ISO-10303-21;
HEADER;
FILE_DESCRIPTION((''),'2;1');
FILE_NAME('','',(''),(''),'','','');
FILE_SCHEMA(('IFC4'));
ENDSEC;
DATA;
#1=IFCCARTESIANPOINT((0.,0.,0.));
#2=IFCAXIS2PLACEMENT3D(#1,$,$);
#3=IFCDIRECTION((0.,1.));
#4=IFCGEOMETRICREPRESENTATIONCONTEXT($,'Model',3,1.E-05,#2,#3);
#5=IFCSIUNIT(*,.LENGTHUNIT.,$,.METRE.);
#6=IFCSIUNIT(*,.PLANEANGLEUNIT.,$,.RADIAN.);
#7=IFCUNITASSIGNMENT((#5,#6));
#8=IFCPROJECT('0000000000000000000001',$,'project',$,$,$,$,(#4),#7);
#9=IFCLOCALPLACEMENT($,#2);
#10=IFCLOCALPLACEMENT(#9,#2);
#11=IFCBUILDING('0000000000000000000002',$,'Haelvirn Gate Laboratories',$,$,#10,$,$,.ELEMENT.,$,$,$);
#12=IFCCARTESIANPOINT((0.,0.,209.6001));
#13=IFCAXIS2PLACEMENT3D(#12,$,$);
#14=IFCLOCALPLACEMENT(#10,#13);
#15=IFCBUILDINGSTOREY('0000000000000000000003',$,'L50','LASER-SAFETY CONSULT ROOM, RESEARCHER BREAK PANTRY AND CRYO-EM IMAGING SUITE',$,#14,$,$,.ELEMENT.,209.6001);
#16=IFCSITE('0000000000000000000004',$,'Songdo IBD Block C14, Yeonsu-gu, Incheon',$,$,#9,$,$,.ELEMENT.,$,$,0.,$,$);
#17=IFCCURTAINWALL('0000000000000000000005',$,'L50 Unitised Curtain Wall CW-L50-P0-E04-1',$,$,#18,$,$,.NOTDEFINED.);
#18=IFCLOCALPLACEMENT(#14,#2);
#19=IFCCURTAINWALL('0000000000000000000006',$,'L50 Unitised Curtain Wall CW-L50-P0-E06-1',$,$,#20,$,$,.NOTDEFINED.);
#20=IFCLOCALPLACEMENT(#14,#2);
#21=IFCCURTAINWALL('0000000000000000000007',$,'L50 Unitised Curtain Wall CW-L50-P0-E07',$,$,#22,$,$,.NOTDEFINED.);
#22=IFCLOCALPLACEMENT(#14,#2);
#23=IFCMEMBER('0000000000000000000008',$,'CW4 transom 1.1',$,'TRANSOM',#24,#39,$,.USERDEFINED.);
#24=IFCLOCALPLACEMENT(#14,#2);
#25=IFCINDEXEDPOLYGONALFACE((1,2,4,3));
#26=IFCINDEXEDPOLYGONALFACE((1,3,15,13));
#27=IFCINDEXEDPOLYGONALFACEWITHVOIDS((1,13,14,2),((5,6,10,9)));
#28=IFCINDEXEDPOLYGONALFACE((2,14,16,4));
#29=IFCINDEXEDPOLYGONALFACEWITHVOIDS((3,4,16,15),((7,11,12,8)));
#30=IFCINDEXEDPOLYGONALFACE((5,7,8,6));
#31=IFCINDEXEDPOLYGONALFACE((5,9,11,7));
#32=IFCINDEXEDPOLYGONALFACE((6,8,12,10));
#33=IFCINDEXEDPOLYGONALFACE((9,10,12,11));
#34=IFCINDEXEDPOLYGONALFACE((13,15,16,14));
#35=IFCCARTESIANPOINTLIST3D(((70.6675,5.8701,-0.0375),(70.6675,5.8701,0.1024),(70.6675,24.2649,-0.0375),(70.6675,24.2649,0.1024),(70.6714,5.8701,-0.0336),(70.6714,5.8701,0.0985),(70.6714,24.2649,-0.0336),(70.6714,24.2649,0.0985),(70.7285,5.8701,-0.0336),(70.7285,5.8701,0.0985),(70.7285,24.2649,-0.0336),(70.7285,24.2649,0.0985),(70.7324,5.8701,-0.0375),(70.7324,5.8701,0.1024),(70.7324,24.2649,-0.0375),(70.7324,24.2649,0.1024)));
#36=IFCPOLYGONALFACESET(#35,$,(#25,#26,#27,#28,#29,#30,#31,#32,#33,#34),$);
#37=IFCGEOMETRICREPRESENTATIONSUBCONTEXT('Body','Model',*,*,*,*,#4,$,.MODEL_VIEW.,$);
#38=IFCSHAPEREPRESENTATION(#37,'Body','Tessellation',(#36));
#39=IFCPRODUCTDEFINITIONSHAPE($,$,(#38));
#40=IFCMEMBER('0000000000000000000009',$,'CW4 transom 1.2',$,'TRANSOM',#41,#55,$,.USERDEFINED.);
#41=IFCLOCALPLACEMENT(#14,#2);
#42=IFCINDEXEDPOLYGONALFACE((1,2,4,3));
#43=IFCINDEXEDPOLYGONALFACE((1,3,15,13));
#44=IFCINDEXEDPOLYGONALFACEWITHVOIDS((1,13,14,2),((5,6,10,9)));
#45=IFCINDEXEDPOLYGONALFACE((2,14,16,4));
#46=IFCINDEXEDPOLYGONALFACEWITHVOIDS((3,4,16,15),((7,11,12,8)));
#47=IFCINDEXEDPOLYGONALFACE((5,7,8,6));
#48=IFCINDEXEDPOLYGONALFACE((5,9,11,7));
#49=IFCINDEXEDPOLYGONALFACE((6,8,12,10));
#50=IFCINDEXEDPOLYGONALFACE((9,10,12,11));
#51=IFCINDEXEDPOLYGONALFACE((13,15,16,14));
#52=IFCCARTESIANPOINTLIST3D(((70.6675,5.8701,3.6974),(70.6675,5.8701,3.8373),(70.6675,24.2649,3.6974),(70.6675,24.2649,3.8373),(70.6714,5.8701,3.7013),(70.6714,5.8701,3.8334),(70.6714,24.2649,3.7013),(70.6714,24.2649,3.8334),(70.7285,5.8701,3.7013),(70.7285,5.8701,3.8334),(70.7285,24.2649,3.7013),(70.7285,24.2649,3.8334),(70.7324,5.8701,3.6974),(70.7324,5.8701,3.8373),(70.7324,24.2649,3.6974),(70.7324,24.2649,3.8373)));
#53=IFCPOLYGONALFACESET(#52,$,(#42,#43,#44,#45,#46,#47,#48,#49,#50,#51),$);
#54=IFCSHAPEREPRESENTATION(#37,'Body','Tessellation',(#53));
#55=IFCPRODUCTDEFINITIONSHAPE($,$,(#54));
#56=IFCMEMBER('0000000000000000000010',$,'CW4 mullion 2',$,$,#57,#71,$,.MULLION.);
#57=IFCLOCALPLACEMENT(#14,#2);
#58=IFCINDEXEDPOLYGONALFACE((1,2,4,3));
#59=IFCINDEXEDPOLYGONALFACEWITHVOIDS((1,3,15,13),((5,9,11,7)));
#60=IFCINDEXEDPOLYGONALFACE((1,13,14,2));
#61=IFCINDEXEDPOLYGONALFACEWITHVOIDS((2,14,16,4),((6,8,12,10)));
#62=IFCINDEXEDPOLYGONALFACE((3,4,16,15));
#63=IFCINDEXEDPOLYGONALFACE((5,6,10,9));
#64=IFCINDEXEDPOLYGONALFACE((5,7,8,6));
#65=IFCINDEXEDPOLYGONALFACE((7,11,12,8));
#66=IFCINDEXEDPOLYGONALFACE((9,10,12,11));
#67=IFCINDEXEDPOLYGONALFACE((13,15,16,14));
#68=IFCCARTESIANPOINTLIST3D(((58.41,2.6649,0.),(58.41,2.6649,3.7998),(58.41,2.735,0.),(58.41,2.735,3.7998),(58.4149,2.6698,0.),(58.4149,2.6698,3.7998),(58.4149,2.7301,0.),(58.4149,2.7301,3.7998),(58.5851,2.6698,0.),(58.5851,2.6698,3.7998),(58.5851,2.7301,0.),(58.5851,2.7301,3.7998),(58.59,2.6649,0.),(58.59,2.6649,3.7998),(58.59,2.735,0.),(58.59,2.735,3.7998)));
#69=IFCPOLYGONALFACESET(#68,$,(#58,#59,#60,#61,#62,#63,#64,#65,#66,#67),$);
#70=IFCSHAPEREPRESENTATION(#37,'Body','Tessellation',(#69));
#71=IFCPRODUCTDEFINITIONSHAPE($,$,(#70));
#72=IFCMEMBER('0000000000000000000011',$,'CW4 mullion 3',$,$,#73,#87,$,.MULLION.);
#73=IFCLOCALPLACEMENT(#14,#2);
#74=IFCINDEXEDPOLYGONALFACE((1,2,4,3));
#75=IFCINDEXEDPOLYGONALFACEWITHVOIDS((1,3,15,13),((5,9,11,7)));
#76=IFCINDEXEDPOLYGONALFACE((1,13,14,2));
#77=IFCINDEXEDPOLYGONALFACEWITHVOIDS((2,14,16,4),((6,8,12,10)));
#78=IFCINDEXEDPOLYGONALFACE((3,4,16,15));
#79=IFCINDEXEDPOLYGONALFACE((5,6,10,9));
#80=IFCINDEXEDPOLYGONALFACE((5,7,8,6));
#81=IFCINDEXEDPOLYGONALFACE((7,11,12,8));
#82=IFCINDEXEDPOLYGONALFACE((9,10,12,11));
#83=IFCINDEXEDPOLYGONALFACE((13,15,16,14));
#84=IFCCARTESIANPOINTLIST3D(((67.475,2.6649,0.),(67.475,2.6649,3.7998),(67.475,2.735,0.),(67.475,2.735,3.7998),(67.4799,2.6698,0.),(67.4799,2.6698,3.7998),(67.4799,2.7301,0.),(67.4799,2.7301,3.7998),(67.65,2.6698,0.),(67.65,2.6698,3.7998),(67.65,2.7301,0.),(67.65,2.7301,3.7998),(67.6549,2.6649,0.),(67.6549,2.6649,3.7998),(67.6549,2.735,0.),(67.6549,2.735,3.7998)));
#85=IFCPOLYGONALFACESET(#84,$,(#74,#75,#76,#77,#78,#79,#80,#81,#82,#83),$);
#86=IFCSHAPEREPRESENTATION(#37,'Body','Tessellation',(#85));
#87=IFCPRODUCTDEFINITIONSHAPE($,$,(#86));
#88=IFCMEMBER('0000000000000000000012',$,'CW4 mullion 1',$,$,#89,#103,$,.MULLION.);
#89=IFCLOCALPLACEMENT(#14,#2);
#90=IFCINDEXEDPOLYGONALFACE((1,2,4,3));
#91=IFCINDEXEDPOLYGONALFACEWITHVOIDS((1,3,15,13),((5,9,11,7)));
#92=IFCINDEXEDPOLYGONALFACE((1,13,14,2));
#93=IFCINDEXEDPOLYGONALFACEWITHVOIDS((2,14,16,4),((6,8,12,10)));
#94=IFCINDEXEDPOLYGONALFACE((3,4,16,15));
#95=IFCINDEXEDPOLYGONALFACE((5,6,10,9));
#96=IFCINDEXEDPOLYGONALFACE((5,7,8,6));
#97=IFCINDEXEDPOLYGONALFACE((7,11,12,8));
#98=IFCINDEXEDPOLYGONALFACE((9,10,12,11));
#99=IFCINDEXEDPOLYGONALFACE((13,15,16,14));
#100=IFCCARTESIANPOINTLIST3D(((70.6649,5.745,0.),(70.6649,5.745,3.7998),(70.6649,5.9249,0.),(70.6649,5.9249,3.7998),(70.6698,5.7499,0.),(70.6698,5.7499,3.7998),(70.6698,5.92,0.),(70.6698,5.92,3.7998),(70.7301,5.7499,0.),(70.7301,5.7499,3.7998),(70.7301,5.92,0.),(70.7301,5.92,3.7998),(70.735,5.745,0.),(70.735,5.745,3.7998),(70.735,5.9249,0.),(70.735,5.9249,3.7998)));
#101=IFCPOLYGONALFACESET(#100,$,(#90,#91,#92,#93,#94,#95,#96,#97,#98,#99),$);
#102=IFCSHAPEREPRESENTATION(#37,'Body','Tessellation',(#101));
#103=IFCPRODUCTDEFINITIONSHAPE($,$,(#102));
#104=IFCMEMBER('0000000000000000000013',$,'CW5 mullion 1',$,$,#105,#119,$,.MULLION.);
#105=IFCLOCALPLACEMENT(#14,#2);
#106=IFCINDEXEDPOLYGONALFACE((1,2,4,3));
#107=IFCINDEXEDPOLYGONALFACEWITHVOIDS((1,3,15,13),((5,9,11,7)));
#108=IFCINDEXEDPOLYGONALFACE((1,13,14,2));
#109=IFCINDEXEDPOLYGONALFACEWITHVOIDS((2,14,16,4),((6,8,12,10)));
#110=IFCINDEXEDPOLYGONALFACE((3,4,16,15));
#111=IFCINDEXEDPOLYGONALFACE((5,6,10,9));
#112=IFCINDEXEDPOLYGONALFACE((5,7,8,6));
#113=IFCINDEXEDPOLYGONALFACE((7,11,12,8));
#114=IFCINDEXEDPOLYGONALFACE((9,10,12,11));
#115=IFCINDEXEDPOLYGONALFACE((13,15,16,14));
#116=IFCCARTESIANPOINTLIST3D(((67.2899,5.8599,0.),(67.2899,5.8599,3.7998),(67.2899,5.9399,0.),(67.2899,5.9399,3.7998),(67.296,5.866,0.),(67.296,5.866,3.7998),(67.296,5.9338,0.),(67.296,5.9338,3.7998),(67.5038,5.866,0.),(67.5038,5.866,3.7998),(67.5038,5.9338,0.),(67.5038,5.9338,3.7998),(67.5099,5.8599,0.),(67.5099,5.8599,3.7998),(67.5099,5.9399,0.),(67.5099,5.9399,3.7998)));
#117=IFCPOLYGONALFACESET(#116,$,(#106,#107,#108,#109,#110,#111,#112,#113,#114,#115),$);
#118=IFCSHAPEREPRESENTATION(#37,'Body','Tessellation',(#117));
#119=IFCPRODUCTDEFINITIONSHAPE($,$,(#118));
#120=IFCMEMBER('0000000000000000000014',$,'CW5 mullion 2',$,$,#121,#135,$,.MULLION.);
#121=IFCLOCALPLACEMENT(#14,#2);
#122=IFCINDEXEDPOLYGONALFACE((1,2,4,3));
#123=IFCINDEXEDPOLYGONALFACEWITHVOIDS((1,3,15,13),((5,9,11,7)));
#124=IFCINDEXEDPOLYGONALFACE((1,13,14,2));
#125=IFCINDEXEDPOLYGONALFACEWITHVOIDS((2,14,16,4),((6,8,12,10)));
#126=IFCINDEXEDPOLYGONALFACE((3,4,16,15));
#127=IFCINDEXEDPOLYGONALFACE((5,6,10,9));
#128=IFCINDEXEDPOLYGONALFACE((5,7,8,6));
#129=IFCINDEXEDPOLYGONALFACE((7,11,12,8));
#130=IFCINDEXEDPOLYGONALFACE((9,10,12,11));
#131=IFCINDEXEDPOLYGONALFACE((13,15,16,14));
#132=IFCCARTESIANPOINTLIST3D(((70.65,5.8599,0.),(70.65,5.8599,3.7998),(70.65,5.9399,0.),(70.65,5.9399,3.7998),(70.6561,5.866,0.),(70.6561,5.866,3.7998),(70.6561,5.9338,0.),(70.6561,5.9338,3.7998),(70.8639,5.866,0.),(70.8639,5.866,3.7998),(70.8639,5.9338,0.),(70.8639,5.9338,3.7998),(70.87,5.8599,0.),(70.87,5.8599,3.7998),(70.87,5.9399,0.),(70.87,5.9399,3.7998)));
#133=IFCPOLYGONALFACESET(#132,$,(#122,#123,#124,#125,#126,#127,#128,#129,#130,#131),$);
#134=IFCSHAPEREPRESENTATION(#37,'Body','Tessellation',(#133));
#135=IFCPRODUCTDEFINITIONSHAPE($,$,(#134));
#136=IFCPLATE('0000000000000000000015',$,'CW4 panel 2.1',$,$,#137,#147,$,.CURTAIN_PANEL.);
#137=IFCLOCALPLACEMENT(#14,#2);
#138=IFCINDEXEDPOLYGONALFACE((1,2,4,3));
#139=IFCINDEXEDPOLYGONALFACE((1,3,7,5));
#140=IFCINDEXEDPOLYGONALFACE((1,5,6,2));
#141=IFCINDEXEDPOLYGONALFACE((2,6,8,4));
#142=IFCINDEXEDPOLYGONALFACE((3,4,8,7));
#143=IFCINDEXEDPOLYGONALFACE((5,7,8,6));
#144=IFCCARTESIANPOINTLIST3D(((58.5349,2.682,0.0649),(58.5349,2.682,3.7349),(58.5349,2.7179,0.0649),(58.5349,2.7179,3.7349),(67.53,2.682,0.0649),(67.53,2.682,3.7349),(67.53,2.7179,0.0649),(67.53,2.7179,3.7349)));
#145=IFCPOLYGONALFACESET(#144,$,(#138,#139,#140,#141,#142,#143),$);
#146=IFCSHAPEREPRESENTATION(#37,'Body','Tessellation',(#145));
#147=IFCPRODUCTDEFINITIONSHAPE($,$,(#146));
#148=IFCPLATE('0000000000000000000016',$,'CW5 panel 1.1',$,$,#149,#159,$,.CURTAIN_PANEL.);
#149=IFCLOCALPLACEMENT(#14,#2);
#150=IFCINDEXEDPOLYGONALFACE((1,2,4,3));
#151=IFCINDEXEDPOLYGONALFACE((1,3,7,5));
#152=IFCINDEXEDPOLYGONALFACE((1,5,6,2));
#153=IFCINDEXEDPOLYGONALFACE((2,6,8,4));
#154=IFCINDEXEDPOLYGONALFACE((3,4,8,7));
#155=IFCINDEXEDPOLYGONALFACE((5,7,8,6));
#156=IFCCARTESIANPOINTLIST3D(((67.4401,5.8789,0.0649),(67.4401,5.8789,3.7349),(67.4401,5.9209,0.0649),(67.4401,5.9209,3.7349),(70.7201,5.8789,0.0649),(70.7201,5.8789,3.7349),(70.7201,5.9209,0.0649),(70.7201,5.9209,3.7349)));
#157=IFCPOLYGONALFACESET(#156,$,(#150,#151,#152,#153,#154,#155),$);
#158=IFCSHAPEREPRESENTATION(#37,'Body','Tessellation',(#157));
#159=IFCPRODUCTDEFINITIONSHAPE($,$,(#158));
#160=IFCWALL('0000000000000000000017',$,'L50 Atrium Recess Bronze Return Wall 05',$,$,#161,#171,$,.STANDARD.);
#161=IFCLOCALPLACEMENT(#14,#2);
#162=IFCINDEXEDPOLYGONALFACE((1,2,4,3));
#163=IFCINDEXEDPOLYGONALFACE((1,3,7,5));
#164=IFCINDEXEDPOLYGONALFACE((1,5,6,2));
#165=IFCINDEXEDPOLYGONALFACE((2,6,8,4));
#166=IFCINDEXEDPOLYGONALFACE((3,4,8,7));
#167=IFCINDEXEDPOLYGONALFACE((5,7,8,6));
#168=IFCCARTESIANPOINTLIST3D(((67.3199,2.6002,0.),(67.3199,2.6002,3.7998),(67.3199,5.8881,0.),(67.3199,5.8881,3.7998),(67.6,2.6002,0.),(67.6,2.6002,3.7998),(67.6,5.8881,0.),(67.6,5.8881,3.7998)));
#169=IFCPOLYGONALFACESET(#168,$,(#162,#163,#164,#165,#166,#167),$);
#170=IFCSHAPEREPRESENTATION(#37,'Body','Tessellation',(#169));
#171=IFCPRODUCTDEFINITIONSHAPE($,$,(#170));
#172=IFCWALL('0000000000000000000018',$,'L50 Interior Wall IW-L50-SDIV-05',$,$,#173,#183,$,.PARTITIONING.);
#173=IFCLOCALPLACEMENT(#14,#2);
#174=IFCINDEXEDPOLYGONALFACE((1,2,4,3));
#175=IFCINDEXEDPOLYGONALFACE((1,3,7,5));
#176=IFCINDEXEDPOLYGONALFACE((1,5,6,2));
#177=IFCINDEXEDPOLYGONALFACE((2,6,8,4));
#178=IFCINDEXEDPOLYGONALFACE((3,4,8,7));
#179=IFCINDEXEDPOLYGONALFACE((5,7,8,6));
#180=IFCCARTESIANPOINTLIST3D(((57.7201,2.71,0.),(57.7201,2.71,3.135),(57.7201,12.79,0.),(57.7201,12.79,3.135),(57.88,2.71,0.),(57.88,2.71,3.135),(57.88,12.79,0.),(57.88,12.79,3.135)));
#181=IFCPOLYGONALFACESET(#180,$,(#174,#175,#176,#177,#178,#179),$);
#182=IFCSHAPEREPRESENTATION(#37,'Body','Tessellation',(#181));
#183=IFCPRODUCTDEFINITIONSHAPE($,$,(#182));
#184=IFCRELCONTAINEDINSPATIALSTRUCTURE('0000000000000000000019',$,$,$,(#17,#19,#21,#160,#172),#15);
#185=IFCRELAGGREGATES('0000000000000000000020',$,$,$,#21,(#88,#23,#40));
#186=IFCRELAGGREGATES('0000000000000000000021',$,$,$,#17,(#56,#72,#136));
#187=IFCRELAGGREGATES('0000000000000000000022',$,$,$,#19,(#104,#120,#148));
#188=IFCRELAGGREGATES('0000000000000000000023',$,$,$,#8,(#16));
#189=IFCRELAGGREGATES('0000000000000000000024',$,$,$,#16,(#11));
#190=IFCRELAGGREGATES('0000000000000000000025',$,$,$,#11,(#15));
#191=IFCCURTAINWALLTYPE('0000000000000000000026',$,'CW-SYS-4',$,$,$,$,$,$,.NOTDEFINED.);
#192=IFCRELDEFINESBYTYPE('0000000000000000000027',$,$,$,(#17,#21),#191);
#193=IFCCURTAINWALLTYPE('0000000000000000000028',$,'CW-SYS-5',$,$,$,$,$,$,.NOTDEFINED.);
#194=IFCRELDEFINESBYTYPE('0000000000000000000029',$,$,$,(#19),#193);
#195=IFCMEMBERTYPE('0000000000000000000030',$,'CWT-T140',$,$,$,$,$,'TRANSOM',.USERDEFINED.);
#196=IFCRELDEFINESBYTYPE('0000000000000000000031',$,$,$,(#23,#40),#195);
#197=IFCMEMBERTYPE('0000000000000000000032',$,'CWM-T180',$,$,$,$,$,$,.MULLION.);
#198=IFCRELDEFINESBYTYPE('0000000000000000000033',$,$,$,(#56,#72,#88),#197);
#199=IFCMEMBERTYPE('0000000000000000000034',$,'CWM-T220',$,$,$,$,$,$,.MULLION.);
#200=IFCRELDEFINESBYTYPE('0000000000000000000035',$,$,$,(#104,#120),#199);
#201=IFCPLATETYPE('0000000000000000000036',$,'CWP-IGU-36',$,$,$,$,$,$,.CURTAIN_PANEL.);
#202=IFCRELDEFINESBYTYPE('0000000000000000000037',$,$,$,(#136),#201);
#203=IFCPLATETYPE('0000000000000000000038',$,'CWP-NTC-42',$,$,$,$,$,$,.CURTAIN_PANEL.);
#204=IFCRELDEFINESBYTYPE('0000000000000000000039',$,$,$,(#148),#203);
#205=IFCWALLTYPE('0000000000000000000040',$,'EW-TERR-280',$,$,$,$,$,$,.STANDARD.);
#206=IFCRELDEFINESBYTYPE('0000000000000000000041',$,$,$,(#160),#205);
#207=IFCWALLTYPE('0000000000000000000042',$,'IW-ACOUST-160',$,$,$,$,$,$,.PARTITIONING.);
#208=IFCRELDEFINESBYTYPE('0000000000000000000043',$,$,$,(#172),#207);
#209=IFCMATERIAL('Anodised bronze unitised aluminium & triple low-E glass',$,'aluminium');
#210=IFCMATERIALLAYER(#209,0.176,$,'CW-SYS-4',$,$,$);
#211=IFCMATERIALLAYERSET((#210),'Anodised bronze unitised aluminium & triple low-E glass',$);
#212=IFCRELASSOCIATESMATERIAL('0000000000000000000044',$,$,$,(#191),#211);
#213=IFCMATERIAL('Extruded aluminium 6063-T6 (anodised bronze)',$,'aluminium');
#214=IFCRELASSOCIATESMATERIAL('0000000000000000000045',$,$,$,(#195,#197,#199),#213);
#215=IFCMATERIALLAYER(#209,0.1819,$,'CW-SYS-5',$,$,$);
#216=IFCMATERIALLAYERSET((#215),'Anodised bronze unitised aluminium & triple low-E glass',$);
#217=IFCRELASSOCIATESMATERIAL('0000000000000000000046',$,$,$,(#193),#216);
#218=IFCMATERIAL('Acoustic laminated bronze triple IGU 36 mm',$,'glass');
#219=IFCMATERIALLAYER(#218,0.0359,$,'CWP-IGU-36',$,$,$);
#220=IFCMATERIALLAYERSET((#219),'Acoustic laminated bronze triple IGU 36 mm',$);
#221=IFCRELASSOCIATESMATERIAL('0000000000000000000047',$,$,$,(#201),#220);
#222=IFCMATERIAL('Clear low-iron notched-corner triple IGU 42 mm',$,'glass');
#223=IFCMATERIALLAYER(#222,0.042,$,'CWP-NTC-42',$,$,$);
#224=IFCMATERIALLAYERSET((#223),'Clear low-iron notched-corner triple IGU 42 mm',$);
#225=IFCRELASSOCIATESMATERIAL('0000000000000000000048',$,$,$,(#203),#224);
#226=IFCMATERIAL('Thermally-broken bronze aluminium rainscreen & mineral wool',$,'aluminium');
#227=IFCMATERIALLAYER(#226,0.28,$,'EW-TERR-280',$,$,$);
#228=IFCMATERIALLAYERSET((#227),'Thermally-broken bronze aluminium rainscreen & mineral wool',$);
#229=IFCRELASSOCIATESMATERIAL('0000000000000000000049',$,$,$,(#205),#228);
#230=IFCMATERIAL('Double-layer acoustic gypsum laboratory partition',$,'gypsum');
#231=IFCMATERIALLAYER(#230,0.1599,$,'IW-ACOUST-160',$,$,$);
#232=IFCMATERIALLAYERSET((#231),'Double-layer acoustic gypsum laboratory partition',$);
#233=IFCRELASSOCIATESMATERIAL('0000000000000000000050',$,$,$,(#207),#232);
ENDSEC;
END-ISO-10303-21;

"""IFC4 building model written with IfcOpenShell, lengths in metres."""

from ifc_helpers import new_model, si_unit, direction, frame, frame_2d, origin, origin_2d, place, context, subcontext, project, spatial, rectangle, hollow_rectangle, extrude, source, transform, mapped, material, layer, layer_set, material_profile, profile_set, type_object, type_shapes, element, aggregate, save


model = new_model("IFC4")

# Units and contexts
model_context = context("Model", 3, precision=1e-05, world=origin(), true_north=direction((0.0, 1.0)))
body_context = subcontext(model_context, "Body", "Model", "MODEL_VIEW")
ifc_project = project(units=[si_unit("LENGTHUNIT", "METRE"), si_unit("PLANEANGLEUNIT", "RADIAN")], contexts=[model_context])

# Site, building, storey
site_placement = place(None, origin())
site = spatial("IfcSite", under=ifc_project, at=site_placement, Name="Songdo IBD Block C14, Yeonsu-gu, Incheon", CompositionType="ELEMENT", RefElevation=0.0)
building_placement = place(site_placement, origin())
building = spatial("IfcBuilding", under=site, at=building_placement, Name="Haelvirn Gate Laboratories", CompositionType="ELEMENT")
storey_placement = place(building_placement, frame((0.0, 0.0, 209.6001)))
storey = spatial("IfcBuildingStorey", under=building, at=storey_placement, Name="L50", Description="LASER-SAFETY CONSULT ROOM, RESEARCHER BREAK PANTRY AND CRYO-EM IMAGING SUITE", CompositionType="ELEMENT", Elevation=209.6001)

# Curtain walls, members
ifc_material_1 = material(Name="Anodised bronze unitised aluminium & triple low-E glass", Category="aluminium")
ifc_layer_1 = layer(ifc_material_1, 0.176, Name="CW-SYS-4")
ifc_layer_set_1 = layer_set([ifc_layer_1], Name="Anodised bronze unitised aluminium & triple low-E glass")
curtain_wall_type_1 = type_object("IfcCurtainWallType", Name="CW-SYS-4", PredefinedType="NOTDEFINED", material=ifc_layer_set_1)
curtain_wall_1_placement = place(storey_placement, origin())
curtain_wall_1 = element("IfcCurtainWall", 1, at=curtain_wall_1_placement, inside=storey, type_object=curtain_wall_type_1, Name="L50 Unitised Curtain Wall CW-L50-P0-E04-1", PredefinedType="NOTDEFINED")
ifc_material_2 = material(Name="Extruded aluminium 6063-T6 (anodised bronze)", Category="aluminium")
ifc_material_profile_1 = material_profile(ifc_material_2, hollow_rectangle(XDim=0.0649, YDim=0.1399, WallThickness=0.0039, at=origin_2d()), Name="CWT-140x65x4")
ifc_profile_set_1 = profile_set([ifc_material_profile_1], Name="Extruded aluminium 6063-T6 (anodised bronze)")
member_type_1 = type_object("IfcMemberType", Name="CWT-T140", ElementType="TRANSOM", PredefinedType="USERDEFINED", material=ifc_profile_set_1)
ifc_layer_2 = layer(ifc_material_1, 0.1819, Name="CW-SYS-5")
ifc_layer_set_2 = layer_set([ifc_layer_2], Name="Anodised bronze unitised aluminium & triple low-E glass")
curtain_wall_type_2 = type_object("IfcCurtainWallType", Name="CW-SYS-5", PredefinedType="NOTDEFINED", material=ifc_layer_set_2)
curtain_wall_2_placement = place(storey_placement, origin())
curtain_wall_2 = element("IfcCurtainWall", 2, at=curtain_wall_2_placement, inside=storey, type_object=curtain_wall_type_2, Name="L50 Unitised Curtain Wall CW-L50-P0-E06-1", PredefinedType="NOTDEFINED")
curtain_wall_3_placement = place(storey_placement, origin())
curtain_wall_3 = element("IfcCurtainWall", 3, at=curtain_wall_3_placement, inside=storey, type_object=curtain_wall_type_1, Name="L50 Unitised Curtain Wall CW-L50-P0-E07", PredefinedType="NOTDEFINED")
shared_shape_1 = source(origin(), body_context, "Body", "SweptSolid", [
    extrude(hollow_rectangle(XDim=0.0649, YDim=0.1399, WallThickness=0.0039, at=origin_2d()), origin(), (0.0, 0.0, 1.0), 18.3948),
])
member_1_placement = place(storey_placement, frame((70.7, 5.8701, 0.0325), z_axis=(0.0, 1.0, 0.0), x_axis=(-1.0, 0.0, 0.0)))
member_1 = element("IfcMember", 4, at=member_1_placement, type_object=member_type_1, Name="CW4 transom 1.1", ObjectType="TRANSOM", PredefinedType="USERDEFINED", context=body_context, shape_type="MappedRepresentation", body=[
    mapped(shared_shape_1, transform((0.0, 0.0, 0.0), scale=1.0)),
])
member_2_placement = place(storey_placement, frame((70.7, 5.8701, 3.7673), z_axis=(0.0, 1.0, 0.0), x_axis=(-1.0, 0.0, 0.0)))
member_2 = element("IfcMember", 5, at=member_2_placement, type_object=member_type_1, Name="CW4 transom 1.2", ObjectType="TRANSOM", PredefinedType="USERDEFINED", context=body_context, shape_type="MappedRepresentation", body=[
    mapped(shared_shape_1, transform((0.0, 0.0, 0.0), scale=1.0)),
])

# Members
ifc_material_profile_2 = material_profile(ifc_material_2, hollow_rectangle(XDim=0.0701, YDim=0.1799, WallThickness=0.0049, at=origin_2d()), Name="CWM-180x70x5")
ifc_profile_set_2 = profile_set([ifc_material_profile_2], Name="Extruded aluminium 6063-T6 (anodised bronze)")
member_type_2 = type_object("IfcMemberType", Name="CWM-T180", PredefinedType="MULLION", material=ifc_profile_set_2)
shared_shape_2 = source(origin(), body_context, "Body", "SweptSolid", [
    extrude(hollow_rectangle(XDim=0.0701, YDim=0.1799, WallThickness=0.0049, at=origin_2d()), origin(), (0.0, 0.0, 1.0), 3.7998),
])
type_shapes(member_type_2, [shared_shape_2])
member_3_placement = place(storey_placement, frame((58.5, 2.7, 0.0), z_axis=(0.0, 0.0, 1.0), x_axis=(0.0, 1.0, 0.0)))
member_3 = element("IfcMember", 6, at=member_3_placement, type_object=member_type_2, Name="CW4 mullion 2", PredefinedType="MULLION", context=body_context, shape_type="MappedRepresentation", body=[
    mapped(shared_shape_2, transform((0.0, 0.0, 0.0), scale=1.0)),
])
member_4_placement = place(storey_placement, frame((67.5649, 2.7, 0.0), z_axis=(0.0, 0.0, 1.0), x_axis=(0.0, 1.0, 0.0)))
member_4 = element("IfcMember", 7, at=member_4_placement, type_object=member_type_2, Name="CW4 mullion 3", PredefinedType="MULLION", context=body_context, shape_type="MappedRepresentation", body=[
    mapped(shared_shape_2, transform((0.0, 0.0, 0.0), scale=1.0)),
])
member_5_placement = place(storey_placement, frame((70.7, 5.835, 0.0), z_axis=(0.0, 0.0, 1.0), x_axis=(-1.0, 0.0, 0.0)))
member_5 = element("IfcMember", 8, at=member_5_placement, type_object=member_type_2, Name="CW4 mullion 1", PredefinedType="MULLION", context=body_context, shape_type="MappedRepresentation", body=[
    mapped(shared_shape_2, transform((0.0, 0.0, 0.0), scale=1.0)),
])
aggregate(curtain_wall_3, [member_5, member_1, member_2])
ifc_material_profile_3 = material_profile(ifc_material_2, hollow_rectangle(XDim=0.0801, YDim=0.22, WallThickness=0.0061, at=origin_2d()), Name="CWM-220x80x6")
ifc_profile_set_3 = profile_set([ifc_material_profile_3], Name="Extruded aluminium 6063-T6 (anodised bronze)")
member_type_3 = type_object("IfcMemberType", Name="CWM-T220", PredefinedType="MULLION", material=ifc_profile_set_3)
shared_shape_3 = source(origin(), body_context, "Body", "SweptSolid", [
    extrude(hollow_rectangle(XDim=0.0801, YDim=0.22, WallThickness=0.0061, at=origin_2d()), origin(), (0.0, 0.0, 1.0), 3.7998),
])
type_shapes(member_type_3, [shared_shape_3])
member_6_placement = place(storey_placement, frame((67.3999, 5.8999, 0.0), z_axis=(0.0, 0.0, 1.0), x_axis=(0.0, 1.0, 0.0)))
member_6 = element("IfcMember", 9, at=member_6_placement, type_object=member_type_3, Name="CW5 mullion 1", PredefinedType="MULLION", context=body_context, shape_type="MappedRepresentation", body=[
    mapped(shared_shape_3, transform((0.0, 0.0, 0.0), scale=1.0)),
])
member_7_placement = place(storey_placement, frame((70.76, 5.8999, 0.0), z_axis=(0.0, 0.0, 1.0), x_axis=(0.0, 1.0, 0.0)))
member_7 = element("IfcMember", 10, at=member_7_placement, type_object=member_type_3, Name="CW5 mullion 2", PredefinedType="MULLION", context=body_context, shape_type="MappedRepresentation", body=[
    mapped(shared_shape_3, transform((0.0, 0.0, 0.0), scale=1.0)),
])

# Plates
ifc_material_3 = material(Name="Acoustic laminated bronze triple IGU 36 mm", Category="glass")
ifc_layer_3 = layer(ifc_material_3, 0.0359, Name="CWP-IGU-36")
ifc_layer_set_3 = layer_set([ifc_layer_3], Name="Acoustic laminated bronze triple IGU 36 mm")
plate_type_1 = type_object("IfcPlateType", Name="CWP-IGU-36", PredefinedType="CURTAIN_PANEL", material=ifc_layer_set_3)
shared_shape_4 = source(origin(), body_context, "Body", "SweptSolid", [
    extrude(rectangle(XDim=8.9951, YDim=0.0359, at=origin_2d()), origin(), (0.0, 0.0, 1.0), 3.6699),
])
type_shapes(plate_type_1, [shared_shape_4])
plate_1_placement = place(storey_placement, frame((63.0325, 2.7, 0.0649), z_axis=(0.0, 0.0, 1.0), x_axis=(1.0, 0.0, 0.0)))
plate_1 = element("IfcPlate", 11, at=plate_1_placement, type_object=plate_type_1, Name="CW4 panel 2.1", PredefinedType="CURTAIN_PANEL", context=body_context, shape_type="MappedRepresentation", body=[
    mapped(shared_shape_4, transform((0.0, 0.0, 0.0), scale=1.0)),
])
aggregate(curtain_wall_1, [member_3, member_4, plate_1])
ifc_material_4 = material(Name="Clear low-iron notched-corner triple IGU 42 mm", Category="glass")
ifc_layer_4 = layer(ifc_material_4, 0.042, Name="CWP-NTC-42")
ifc_layer_set_4 = layer_set([ifc_layer_4], Name="Clear low-iron notched-corner triple IGU 42 mm")
plate_type_2 = type_object("IfcPlateType", Name="CWP-NTC-42", PredefinedType="CURTAIN_PANEL", material=ifc_layer_set_4)
shared_shape_5 = source(origin(), body_context, "Body", "SweptSolid", [
    extrude(rectangle(XDim=3.28, YDim=0.042, at=origin_2d()), origin(), (0.0, 0.0, 1.0), 3.6699),
])
type_shapes(plate_type_2, [shared_shape_5])
plate_2_placement = place(storey_placement, frame((69.0801, 5.8999, 0.0649), z_axis=(0.0, 0.0, 1.0), x_axis=(1.0, 0.0, 0.0)))
plate_2 = element("IfcPlate", 12, at=plate_2_placement, type_object=plate_type_2, Name="CW5 panel 1.1", PredefinedType="CURTAIN_PANEL", context=body_context, shape_type="MappedRepresentation", body=[
    mapped(shared_shape_5, transform((0.0, 0.0, 0.0), scale=1.0)),
])
aggregate(curtain_wall_2, [member_6, member_7, plate_2])

# Walls
ifc_material_5 = material(Name="Thermally-broken bronze aluminium rainscreen & mineral wool", Category="aluminium")
ifc_layer_5 = layer(ifc_material_5, 0.28, Name="EW-TERR-280")
ifc_layer_set_5 = layer_set([ifc_layer_5], Name="Thermally-broken bronze aluminium rainscreen & mineral wool")
wall_type_1 = type_object("IfcWallType", Name="EW-TERR-280", PredefinedType="STANDARD", material=ifc_layer_set_5)
wall_1_placement = place(storey_placement, frame((67.46, 2.6001, 0.0), z_axis=(0.0, 0.0, 1.0), x_axis=(0.0, 1.0, 0.0)))
element("IfcWall", 13, at=wall_1_placement, inside=storey, type_object=wall_type_1, Name="L50 Atrium Recess Bronze Return Wall 05", PredefinedType="STANDARD", context=body_context, shape_type="SweptSolid", body=[
    extrude(rectangle(XDim=3.2878, YDim=0.28, at=frame_2d((1.644, 0.0))), origin(), (0.0, 0.0, 1.0), 3.7998),
])
ifc_material_6 = material(Name="Double-layer acoustic gypsum laboratory partition", Category="gypsum")
ifc_layer_6 = layer(ifc_material_6, 0.1599, Name="IW-ACOUST-160")
ifc_layer_set_6 = layer_set([ifc_layer_6], Name="Double-layer acoustic gypsum laboratory partition")
wall_type_2 = type_object("IfcWallType", Name="IW-ACOUST-160", PredefinedType="PARTITIONING", material=ifc_layer_set_6)
wall_2_placement = place(storey_placement, frame((57.8, 2.71, 0.0), z_axis=(0.0, 0.0, 1.0), x_axis=(0.0, 1.0, 0.0)))
element("IfcWall", 14, at=wall_2_placement, inside=storey, type_object=wall_type_2, Name="L50 Interior Wall IW-L50-SDIV-05", PredefinedType="PARTITIONING", context=body_context, shape_type="SweptSolid", body=[
    extrude(rectangle(XDim=10.0801, YDim=0.1599, at=frame_2d((5.04, 0.0))), origin(), (0.0, 0.0, 1.0), 3.135),
])

save(model, "model.ifc")
